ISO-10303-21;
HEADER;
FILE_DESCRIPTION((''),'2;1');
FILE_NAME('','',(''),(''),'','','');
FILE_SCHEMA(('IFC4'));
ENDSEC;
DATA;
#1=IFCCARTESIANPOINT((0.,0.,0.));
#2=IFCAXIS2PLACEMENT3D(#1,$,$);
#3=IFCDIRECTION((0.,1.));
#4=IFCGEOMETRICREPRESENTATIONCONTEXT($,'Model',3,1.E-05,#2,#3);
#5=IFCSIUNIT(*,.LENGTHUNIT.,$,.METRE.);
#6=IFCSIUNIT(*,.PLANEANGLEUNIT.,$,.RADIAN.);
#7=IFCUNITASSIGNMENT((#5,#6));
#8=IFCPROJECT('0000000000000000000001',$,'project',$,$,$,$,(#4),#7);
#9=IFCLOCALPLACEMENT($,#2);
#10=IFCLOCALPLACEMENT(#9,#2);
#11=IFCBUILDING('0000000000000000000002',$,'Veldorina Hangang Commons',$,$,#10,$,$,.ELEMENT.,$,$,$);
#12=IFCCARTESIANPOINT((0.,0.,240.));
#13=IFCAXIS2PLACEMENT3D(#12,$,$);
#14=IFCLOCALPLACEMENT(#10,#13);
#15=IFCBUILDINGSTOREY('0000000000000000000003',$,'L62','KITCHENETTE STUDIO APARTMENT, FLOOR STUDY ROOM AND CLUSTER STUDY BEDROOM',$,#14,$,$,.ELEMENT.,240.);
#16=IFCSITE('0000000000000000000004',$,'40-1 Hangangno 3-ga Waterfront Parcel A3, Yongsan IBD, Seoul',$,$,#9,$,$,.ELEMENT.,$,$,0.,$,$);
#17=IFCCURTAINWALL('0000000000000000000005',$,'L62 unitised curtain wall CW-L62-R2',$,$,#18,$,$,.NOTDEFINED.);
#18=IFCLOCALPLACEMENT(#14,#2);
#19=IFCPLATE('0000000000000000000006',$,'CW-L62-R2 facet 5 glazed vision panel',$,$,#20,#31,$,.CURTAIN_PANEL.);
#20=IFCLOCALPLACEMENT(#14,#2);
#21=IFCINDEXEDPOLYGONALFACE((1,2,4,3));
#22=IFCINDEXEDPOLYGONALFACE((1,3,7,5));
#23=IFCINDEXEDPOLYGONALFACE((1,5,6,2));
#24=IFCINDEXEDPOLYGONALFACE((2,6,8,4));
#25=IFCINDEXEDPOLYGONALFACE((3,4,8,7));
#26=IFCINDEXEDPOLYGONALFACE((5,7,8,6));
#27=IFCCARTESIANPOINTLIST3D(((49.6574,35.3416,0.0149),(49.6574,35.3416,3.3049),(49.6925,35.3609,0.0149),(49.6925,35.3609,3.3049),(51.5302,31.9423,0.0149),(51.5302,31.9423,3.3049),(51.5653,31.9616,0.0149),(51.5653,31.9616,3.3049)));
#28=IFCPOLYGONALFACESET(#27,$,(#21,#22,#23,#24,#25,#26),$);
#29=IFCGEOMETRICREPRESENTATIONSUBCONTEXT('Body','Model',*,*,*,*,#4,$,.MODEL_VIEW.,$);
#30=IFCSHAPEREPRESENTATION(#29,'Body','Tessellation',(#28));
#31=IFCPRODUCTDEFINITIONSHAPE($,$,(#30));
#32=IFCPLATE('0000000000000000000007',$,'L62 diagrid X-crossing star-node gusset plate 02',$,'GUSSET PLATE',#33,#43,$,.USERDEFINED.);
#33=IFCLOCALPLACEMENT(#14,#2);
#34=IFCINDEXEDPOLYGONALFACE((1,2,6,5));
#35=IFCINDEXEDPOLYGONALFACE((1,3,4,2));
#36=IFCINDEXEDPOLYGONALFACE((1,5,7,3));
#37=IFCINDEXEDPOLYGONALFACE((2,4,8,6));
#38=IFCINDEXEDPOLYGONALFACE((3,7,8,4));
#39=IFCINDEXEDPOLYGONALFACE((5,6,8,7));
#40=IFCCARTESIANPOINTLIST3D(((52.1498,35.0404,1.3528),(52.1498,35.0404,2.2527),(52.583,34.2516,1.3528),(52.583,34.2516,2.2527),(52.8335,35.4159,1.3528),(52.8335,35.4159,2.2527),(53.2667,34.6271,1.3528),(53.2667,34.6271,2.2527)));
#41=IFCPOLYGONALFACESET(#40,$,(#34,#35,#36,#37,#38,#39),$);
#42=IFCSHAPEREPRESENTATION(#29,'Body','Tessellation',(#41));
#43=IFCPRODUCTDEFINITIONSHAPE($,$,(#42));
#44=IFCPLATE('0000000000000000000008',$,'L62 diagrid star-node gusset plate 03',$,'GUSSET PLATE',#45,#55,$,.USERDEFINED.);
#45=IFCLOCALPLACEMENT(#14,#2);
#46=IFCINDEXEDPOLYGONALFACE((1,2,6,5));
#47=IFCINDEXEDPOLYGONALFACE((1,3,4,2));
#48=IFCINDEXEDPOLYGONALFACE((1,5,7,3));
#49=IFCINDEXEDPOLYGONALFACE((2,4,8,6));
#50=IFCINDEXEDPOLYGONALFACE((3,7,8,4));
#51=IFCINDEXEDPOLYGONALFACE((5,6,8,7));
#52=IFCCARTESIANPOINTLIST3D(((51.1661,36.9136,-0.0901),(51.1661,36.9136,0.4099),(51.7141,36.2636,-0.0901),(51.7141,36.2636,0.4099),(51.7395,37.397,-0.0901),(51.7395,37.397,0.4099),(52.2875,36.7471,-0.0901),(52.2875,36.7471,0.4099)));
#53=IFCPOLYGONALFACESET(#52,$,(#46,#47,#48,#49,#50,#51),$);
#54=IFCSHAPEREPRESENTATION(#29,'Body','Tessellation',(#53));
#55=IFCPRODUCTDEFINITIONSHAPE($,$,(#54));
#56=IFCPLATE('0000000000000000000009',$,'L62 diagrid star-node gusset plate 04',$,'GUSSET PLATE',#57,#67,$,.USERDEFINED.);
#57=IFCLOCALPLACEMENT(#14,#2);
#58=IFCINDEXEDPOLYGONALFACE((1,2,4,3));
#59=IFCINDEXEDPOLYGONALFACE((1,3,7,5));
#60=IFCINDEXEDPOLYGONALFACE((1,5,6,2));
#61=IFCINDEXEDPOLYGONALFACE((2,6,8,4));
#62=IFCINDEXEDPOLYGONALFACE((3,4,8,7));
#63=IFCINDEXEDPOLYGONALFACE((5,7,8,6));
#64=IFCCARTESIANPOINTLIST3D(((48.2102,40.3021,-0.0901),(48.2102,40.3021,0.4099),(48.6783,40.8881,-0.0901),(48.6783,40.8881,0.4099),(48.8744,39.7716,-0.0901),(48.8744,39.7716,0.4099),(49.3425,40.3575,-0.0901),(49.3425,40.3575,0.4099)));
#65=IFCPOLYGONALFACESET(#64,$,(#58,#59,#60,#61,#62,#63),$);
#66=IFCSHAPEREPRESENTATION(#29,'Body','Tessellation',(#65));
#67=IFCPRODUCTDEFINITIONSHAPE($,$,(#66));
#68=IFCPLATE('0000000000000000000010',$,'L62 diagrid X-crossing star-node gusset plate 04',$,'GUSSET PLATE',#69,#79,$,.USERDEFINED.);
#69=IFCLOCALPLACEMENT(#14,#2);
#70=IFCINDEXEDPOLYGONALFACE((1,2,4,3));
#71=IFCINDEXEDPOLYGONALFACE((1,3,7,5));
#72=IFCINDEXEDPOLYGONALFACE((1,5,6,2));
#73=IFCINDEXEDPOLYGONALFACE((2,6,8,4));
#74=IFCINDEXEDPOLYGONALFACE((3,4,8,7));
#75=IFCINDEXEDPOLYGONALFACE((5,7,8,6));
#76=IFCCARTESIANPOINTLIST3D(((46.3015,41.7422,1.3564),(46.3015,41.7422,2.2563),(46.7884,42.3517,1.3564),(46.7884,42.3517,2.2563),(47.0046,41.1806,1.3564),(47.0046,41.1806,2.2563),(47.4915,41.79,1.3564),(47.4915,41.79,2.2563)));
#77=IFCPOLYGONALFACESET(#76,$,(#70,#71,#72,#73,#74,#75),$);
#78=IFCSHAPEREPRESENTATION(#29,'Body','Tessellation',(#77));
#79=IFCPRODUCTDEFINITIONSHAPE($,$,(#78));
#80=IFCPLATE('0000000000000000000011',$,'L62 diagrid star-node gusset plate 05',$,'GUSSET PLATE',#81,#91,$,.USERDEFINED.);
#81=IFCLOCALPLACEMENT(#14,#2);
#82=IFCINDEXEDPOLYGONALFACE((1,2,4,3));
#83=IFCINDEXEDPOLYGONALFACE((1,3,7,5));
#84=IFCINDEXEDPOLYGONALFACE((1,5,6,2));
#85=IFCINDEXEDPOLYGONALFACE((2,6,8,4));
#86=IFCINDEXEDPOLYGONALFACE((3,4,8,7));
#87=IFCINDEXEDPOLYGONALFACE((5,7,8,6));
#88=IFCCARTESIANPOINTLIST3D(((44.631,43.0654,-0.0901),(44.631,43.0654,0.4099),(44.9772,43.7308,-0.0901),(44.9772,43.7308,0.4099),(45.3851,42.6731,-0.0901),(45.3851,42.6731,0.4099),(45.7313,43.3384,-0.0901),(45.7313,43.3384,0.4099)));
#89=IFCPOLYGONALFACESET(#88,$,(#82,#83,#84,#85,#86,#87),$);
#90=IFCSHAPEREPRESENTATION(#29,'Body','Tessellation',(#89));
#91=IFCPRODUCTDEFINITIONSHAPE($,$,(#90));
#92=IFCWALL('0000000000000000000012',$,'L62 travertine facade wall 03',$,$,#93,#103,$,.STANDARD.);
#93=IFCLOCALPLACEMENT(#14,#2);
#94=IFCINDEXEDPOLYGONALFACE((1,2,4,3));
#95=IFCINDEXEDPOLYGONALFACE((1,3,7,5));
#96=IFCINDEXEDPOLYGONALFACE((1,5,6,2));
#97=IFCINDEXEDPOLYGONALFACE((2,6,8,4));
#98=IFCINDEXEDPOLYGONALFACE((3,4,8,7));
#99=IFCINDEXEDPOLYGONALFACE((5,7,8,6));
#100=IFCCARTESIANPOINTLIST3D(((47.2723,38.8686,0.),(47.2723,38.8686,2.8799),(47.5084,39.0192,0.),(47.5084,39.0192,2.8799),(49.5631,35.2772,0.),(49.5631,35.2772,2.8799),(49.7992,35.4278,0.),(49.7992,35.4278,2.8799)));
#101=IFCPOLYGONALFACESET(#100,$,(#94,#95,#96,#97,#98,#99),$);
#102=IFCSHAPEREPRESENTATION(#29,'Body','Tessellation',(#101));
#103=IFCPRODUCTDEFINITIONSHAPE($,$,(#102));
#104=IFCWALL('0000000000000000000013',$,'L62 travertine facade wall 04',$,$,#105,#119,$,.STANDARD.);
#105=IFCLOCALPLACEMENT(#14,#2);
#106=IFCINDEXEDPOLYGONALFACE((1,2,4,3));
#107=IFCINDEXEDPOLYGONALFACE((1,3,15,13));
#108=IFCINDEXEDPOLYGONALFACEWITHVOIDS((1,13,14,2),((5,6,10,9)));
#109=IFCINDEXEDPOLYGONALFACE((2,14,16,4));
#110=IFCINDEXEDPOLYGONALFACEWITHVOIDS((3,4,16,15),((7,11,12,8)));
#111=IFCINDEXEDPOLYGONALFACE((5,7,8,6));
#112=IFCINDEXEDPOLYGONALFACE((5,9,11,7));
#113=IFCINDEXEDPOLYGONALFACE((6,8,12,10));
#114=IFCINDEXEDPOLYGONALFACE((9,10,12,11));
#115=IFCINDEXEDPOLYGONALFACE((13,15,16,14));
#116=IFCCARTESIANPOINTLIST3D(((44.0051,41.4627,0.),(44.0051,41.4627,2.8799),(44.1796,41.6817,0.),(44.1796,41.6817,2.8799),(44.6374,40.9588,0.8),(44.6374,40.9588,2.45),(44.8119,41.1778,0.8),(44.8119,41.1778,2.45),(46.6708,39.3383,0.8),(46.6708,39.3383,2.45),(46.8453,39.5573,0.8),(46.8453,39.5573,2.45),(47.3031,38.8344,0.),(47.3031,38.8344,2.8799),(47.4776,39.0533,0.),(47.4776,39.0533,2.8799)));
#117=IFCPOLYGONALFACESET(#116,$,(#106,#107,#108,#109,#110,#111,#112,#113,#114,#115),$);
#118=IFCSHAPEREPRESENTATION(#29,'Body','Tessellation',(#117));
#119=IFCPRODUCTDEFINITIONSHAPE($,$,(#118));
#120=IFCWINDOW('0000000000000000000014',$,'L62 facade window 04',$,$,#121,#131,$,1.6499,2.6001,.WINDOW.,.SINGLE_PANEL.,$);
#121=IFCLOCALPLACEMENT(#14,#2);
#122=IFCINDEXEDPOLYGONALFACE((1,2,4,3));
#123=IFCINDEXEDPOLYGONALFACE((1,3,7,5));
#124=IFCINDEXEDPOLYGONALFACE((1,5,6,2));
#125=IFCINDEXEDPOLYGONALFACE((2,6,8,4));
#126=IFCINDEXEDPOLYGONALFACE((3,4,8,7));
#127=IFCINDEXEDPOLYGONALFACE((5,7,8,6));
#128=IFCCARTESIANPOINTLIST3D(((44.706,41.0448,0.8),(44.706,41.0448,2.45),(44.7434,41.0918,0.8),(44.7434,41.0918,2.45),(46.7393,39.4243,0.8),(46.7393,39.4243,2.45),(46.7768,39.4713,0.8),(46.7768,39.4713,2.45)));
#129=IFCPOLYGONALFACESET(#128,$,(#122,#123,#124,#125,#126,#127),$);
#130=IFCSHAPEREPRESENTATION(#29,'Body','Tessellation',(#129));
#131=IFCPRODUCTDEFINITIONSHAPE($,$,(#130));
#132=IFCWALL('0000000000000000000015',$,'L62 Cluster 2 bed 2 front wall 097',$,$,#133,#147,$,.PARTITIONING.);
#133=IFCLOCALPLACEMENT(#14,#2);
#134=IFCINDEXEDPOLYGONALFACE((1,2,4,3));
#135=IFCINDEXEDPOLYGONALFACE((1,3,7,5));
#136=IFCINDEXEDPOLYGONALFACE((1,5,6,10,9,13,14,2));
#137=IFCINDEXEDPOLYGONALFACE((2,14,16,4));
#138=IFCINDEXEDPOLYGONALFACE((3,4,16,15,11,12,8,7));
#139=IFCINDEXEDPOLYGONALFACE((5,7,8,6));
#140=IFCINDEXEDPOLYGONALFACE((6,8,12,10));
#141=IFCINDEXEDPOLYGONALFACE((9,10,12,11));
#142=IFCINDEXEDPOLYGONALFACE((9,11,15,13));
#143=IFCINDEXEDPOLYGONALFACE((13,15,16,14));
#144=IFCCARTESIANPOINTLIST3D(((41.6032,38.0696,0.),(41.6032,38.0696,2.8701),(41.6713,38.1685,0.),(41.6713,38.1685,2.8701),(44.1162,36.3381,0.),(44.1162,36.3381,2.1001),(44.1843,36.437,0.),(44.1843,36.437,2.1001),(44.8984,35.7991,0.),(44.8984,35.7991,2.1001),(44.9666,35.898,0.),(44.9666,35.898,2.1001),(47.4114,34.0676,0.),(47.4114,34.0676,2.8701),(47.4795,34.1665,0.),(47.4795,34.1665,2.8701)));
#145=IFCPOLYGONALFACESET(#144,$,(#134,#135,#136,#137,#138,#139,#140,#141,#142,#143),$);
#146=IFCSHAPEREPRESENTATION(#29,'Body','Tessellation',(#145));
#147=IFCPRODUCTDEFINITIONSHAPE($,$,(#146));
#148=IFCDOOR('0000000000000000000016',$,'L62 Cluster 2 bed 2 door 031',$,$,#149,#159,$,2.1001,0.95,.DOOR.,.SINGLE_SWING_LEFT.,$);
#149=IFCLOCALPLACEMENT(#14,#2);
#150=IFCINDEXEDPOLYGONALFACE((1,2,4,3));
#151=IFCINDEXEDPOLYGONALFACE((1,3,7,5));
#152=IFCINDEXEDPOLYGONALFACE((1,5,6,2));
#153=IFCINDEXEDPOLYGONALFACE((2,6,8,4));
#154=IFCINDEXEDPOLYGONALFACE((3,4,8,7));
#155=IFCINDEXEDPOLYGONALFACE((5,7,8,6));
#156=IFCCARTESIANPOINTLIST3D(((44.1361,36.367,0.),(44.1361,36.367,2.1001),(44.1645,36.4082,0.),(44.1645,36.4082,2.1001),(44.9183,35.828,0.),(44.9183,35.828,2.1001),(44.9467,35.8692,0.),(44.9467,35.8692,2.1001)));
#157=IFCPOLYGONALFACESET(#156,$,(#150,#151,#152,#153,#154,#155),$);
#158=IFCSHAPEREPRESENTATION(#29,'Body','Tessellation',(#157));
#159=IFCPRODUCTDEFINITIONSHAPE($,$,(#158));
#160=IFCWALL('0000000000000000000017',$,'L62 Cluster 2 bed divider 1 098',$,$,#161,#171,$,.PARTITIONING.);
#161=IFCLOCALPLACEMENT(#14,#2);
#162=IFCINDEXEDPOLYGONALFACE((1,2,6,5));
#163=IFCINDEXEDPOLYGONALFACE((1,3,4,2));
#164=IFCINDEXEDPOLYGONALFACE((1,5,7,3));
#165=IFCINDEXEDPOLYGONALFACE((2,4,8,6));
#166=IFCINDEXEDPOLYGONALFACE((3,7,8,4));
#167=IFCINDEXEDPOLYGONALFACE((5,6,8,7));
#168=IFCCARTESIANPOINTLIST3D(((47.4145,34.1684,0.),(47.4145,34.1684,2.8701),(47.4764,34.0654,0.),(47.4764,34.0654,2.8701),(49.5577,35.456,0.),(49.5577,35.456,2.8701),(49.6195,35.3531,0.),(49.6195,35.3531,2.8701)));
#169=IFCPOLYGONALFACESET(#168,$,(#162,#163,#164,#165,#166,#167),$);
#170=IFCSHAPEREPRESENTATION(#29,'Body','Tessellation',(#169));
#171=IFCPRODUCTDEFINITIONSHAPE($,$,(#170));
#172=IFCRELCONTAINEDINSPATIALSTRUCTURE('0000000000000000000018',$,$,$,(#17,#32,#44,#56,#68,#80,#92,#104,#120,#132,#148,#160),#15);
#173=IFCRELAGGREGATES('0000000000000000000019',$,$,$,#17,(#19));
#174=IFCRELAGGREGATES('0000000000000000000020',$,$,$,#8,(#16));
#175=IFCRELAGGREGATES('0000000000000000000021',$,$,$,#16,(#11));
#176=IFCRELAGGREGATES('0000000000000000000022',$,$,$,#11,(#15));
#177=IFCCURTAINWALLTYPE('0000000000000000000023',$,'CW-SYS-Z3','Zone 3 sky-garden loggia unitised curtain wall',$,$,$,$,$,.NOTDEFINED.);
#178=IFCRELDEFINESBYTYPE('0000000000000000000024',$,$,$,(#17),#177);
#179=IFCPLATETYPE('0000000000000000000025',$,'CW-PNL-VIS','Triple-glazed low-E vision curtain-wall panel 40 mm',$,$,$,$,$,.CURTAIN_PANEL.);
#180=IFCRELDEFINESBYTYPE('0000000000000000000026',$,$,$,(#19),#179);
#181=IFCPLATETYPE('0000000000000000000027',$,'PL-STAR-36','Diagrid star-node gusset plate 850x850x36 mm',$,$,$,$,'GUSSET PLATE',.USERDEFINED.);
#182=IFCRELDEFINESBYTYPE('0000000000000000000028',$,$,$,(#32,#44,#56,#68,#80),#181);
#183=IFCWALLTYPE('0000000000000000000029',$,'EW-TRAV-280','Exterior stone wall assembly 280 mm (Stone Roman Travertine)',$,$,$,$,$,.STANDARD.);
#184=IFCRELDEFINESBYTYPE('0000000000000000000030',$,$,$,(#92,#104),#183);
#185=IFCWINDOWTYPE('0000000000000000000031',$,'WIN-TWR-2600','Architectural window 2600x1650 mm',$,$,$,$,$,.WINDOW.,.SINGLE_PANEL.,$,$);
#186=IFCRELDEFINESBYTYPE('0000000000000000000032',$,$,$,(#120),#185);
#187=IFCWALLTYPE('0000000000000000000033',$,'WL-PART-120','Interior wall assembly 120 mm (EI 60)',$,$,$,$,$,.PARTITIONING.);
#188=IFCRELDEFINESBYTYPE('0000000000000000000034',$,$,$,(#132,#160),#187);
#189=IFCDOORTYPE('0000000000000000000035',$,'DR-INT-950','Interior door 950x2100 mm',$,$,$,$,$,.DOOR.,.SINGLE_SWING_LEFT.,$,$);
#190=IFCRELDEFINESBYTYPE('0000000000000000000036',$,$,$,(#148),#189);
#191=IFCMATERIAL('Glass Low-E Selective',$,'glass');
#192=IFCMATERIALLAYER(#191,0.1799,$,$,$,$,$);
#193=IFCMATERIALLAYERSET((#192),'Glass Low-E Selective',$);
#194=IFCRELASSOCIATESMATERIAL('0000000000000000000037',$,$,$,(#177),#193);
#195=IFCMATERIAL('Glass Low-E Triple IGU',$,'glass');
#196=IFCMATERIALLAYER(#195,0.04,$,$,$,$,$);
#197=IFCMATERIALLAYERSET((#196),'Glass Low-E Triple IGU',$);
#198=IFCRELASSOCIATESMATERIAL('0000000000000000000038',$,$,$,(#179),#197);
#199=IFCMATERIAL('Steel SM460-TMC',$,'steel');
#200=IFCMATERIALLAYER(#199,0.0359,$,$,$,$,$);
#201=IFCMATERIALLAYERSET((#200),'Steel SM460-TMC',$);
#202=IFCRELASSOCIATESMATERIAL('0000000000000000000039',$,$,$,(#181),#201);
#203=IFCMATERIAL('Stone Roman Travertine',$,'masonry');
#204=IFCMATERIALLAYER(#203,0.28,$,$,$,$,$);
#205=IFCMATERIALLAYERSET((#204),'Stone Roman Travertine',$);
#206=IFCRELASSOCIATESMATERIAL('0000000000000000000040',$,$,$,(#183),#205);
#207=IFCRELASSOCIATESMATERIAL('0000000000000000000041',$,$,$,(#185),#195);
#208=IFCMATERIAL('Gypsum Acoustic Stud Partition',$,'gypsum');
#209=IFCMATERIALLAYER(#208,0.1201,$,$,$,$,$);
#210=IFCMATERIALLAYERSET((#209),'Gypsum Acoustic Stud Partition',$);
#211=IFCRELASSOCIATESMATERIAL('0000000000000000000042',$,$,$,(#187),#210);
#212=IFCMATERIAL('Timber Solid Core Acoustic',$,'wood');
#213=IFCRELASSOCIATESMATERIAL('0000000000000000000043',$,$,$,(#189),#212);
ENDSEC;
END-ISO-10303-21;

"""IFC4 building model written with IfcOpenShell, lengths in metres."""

from ifc_helpers import new_model, si_unit, direction, frame, frame_2d, origin, origin_2d, place, context, subcontext, project, spatial, rectangle, extrude, material, layer, layer_set, type_object, element, fill, aggregate, save


model = new_model("IFC4")

# Units and contexts
model_context = context("Model", 3, precision=1e-05, world=origin(), true_north=direction((0.0, 1.0)))
body_context = subcontext(model_context, "Body", "Model", "MODEL_VIEW")
ifc_project = project(units=[si_unit("LENGTHUNIT", "METRE"), si_unit("PLANEANGLEUNIT", "RADIAN")], contexts=[model_context])

# Site, building, storey
site_placement = place(None, origin())
site = spatial("IfcSite", under=ifc_project, at=site_placement, Name="40-1 Hangangno 3-ga Waterfront Parcel A3, Yongsan IBD, Seoul", CompositionType="ELEMENT", RefElevation=0.0)
building_placement = place(site_placement, origin())
building = spatial("IfcBuilding", under=site, at=building_placement, Name="Veldorina Hangang Commons", CompositionType="ELEMENT")
storey_placement = place(building_placement, frame((0.0, 0.0, 240.0)))
storey = spatial("IfcBuildingStorey", under=building, at=storey_placement, Name="L62", Description="KITCHENETTE STUDIO APARTMENT, FLOOR STUDY ROOM AND CLUSTER STUDY BEDROOM", CompositionType="ELEMENT", Elevation=240.0)

# Curtain wall
ifc_material_1 = material(Name="Glass Low-E Selective", Category="glass")
ifc_layer_1 = layer(ifc_material_1, 0.1799)
ifc_layer_set_1 = layer_set([ifc_layer_1], Name="Glass Low-E Selective")
curtain_wall_type = type_object("IfcCurtainWallType", Name="CW-SYS-Z3", Description="Zone 3 sky-garden loggia unitised curtain wall", PredefinedType="NOTDEFINED", material=ifc_layer_set_1)
curtain_wall_placement = place(storey_placement, origin())
curtain_wall = element("IfcCurtainWall", 1, at=curtain_wall_placement, inside=storey, type_object=curtain_wall_type, Name="L62 unitised curtain wall CW-L62-R2", PredefinedType="NOTDEFINED")

# Plate
ifc_material_2 = material(Name="Glass Low-E Triple IGU", Category="glass")
ifc_layer_2 = layer(ifc_material_2, 0.04)
ifc_layer_set_2 = layer_set([ifc_layer_2], Name="Glass Low-E Triple IGU")
plate_type_1 = type_object("IfcPlateType", Name="CW-PNL-VIS", Description="Triple-glazed low-E vision curtain-wall panel 40 mm", PredefinedType="CURTAIN_PANEL", material=ifc_layer_set_2)
plate_1_placement = place(storey_placement, frame((50.6113, 33.6516, 0.0149), z_axis=(0.0, 0.0, 1.0), x_axis=(-0.482549, 0.875869, 0.0)))
plate_1 = element("IfcPlate", 2, at=plate_1_placement, type_object=plate_type_1, Name="CW-L62-R2 facet 5 glazed vision panel", PredefinedType="CURTAIN_PANEL", context=body_context, shape_type="SweptSolid", body=[
    extrude(rectangle(XDim=3.8811, YDim=0.04, at=origin_2d()), origin(), (0.0, 0.0, 1.0), 3.29),
])
aggregate(curtain_wall, [plate_1])

# Plates
ifc_material_3 = material(Name="Steel SM460-TMC", Category="steel")
ifc_layer_3 = layer(ifc_material_3, 0.0359)
ifc_layer_set_3 = layer_set([ifc_layer_3], Name="Steel SM460-TMC")
plate_type_2 = type_object("IfcPlateType", Name="PL-STAR-36", Description="Diagrid star-node gusset plate 850x850x36 mm", ElementType="GUSSET PLATE", PredefinedType="USERDEFINED", material=ifc_layer_set_3)
plate_2_placement = place(storey_placement, frame((52.7083, 34.8337, 1.3528), z_axis=(0.0, 0.0, 1.0), x_axis=(-0.481341, 0.876534, 0.0)))
element("IfcPlate", 3, at=plate_2_placement, inside=storey, type_object=plate_type_2, Name="L62 diagrid X-crossing star-node gusset plate 02", ObjectType="GUSSET PLATE", PredefinedType="USERDEFINED", context=body_context, shape_type="SweptSolid", body=[
    extrude(rectangle(XDim=0.8999, YDim=0.78, at=origin_2d()), origin(), (0.0, 0.0, 1.0), 0.8999),
])
for number, where, z_axis, x_axis, name in (
    (4, (51.7268, 36.8303, -0.0901), (0.0, 0.0, 1.0), (-0.644577, 0.764539, 0.0), "L62 diagrid star-node gusset plate 03"),
    (5, (48.7764, 40.3298, -0.0901), (0.0, 0.0, 1.0), (-0.781314, 0.624139, 0.0), "L62 diagrid star-node gusset plate 04"),
):
    element("IfcPlate", number, at=place(storey_placement, frame(where, z_axis=z_axis, x_axis=x_axis)), inside=storey, type_object=plate_type_2, Name=name, ObjectType="GUSSET PLATE", PredefinedType="USERDEFINED", context=body_context, shape_type="SweptSolid", body=[
        extrude(rectangle(XDim=0.8501, YDim=0.75, at=origin_2d()), origin(), (0.0, 0.0, 1.0), 0.5),
    ])
plate_3_placement = place(storey_placement, frame((46.8965, 41.7661, 1.3564), z_axis=(0.0, 0.0, 1.0), x_axis=(-0.781314, 0.624139, 0.0)))
element("IfcPlate", 6, at=plate_3_placement, inside=storey, type_object=plate_type_2, Name="L62 diagrid X-crossing star-node gusset plate 04", ObjectType="GUSSET PLATE", PredefinedType="USERDEFINED", context=body_context, shape_type="SweptSolid", body=[
    extrude(rectangle(XDim=0.8999, YDim=0.78, at=origin_2d()), origin(), (0.0, 0.0, 1.0), 0.8999),
])
plate_4_placement = place(storey_placement, frame((45.1812, 43.2019, -0.0901), z_axis=(0.0, 0.0, 1.0), x_axis=(-0.887116, 0.461547, 0.0)))
element("IfcPlate", 7, at=plate_4_placement, inside=storey, type_object=plate_type_2, Name="L62 diagrid star-node gusset plate 05", ObjectType="GUSSET PLATE", PredefinedType="USERDEFINED", context=body_context, shape_type="SweptSolid", body=[
    extrude(rectangle(XDim=0.8501, YDim=0.75, at=origin_2d()), origin(), (0.0, 0.0, 1.0), 0.5),
])

# Wall
ifc_material_4 = material(Name="Stone Roman Travertine", Category="masonry")
ifc_layer_4 = layer(ifc_material_4, 0.28)
ifc_layer_set_4 = layer_set([ifc_layer_4], Name="Stone Roman Travertine")
wall_type_1 = type_object("IfcWallType", Name="EW-TRAV-280", Description="Exterior stone wall assembly 280 mm (Stone Roman Travertine)", PredefinedType="STANDARD", material=ifc_layer_set_4)
wall_1_placement = place(storey_placement, frame((49.6812, 35.3525, 0.0), z_axis=(0.0, 0.0, 1.0), x_axis=(-0.537776, 0.843088, 0.0)))
element("IfcWall", 8, at=wall_1_placement, inside=storey, type_object=wall_type_1, Name="L62 travertine facade wall 03", PredefinedType="STANDARD", context=body_context, shape_type="SweptSolid", body=[
    extrude(rectangle(XDim=4.2598, YDim=0.28, at=frame_2d((2.1299, 0.0))), origin(), (0.0, 0.0, 1.0), 2.8799),
])

# Wall, opening, window
wall_2_placement = place(storey_placement, frame((47.3904, 38.9438, 0.0), z_axis=(0.0, 0.0, 1.0), x_axis=(-0.782031, 0.62324, 0.0)))
wall_2 = element("IfcWall", 9, at=wall_2_placement, inside=storey, type_object=wall_type_1, Name="L62 travertine facade wall 04", PredefinedType="STANDARD", context=body_context, shape_type="SweptSolid", body=[
    extrude(rectangle(XDim=4.2173, YDim=0.28, at=frame_2d((2.1086, 0.0))), origin(), (0.0, 0.0, 1.0), 2.8799),
])
opening_1_placement = place(wall_2_placement, frame((0.8086, 0.0, 0.8)))
opening_1 = element("IfcOpeningElement", 10, at=opening_1_placement, cuts=wall_2, PredefinedType="OPENING", context=body_context, shape_type="SweptSolid", body=[
    extrude(rectangle(XDim=2.6001, YDim=1.6499, at=frame_2d((1.3, 0.825))), frame((0.0, 0.1499, 0.0), z_axis=(0.0, -1.0, 0.0), x_axis=(1.0, 0.0, 0.0)), (0.0, 0.0, 1.0), 0.3),
])
window_type = type_object("IfcWindowType", Name="WIN-TWR-2600", Description="Architectural window 2600x1650 mm", PartitioningType="SINGLE_PANEL", PredefinedType="WINDOW", material=ifc_material_2)
window_placement = place(opening_1_placement, origin())
window = element("IfcWindow", 11, at=window_placement, inside=storey, type_object=window_type, Name="L62 facade window 04", OverallHeight=1.6499, OverallWidth=2.6001, PartitioningType="SINGLE_PANEL", PredefinedType="WINDOW", context=body_context, shape_type="SweptSolid", body=[
    extrude(rectangle(XDim=2.6001, YDim=1.6499, at=frame_2d((1.3, 0.825))), frame((0.0, 0.03, 0.0), z_axis=(0.0, -1.0, 0.0), x_axis=(1.0, 0.0, 0.0)), (0.0, 0.0, 1.0), 0.0601),
])
fill(opening_1, window)

# Wall, opening, door
ifc_material_5 = material(Name="Gypsum Acoustic Stud Partition", Category="gypsum")
ifc_layer_5 = layer(ifc_material_5, 0.1201)
ifc_layer_set_5 = layer_set([ifc_layer_5], Name="Gypsum Acoustic Stud Partition")
wall_type_2 = type_object("IfcWallType", Name="WL-PART-120", Description="Interior wall assembly 120 mm (EI 60)", PredefinedType="PARTITIONING", material=ifc_layer_set_5)
wall_3_placement = place(storey_placement, frame((47.4456, 34.1169, 0.0), z_axis=(0.0, 0.0, 1.0), x_axis=(-0.823454, 0.567383, 0.0)))
wall_3 = element("IfcWall", 12, at=wall_3_placement, inside=storey, type_object=wall_type_2, Name="L62 Cluster 2 bed 2 front wall 097", PredefinedType="PARTITIONING", context=body_context, shape_type="SweptSolid", body=[
    extrude(rectangle(XDim=7.0535, YDim=0.1201, at=frame_2d((3.5269, 0.0))), origin(), (0.0, 0.0, 1.0), 2.8701),
])
opening_2_placement = place(wall_3_placement, frame((3.0518, 0.0, 0.0)))
opening_2 = element("IfcOpeningElement", 13, at=opening_2_placement, cuts=wall_3, PredefinedType="OPENING", context=body_context, shape_type="SweptSolid", body=[
    extrude(rectangle(XDim=0.95, YDim=2.1001, at=frame_2d((0.4751, 1.05))), frame((0.0, 0.0701, 0.0), z_axis=(0.0, -1.0, 0.0), x_axis=(1.0, 0.0, 0.0)), (0.0, 0.0, 1.0), 0.1401),
])
ifc_material_6 = material(Name="Timber Solid Core Acoustic", Category="wood")
door_type = type_object("IfcDoorType", Name="DR-INT-950", Description="Interior door 950x2100 mm", OperationType="SINGLE_SWING_LEFT", PredefinedType="DOOR", material=ifc_material_6)
door_placement = place(opening_2_placement, origin())
door = element("IfcDoor", 14, at=door_placement, inside=storey, type_object=door_type, Name="L62 Cluster 2 bed 2 door 031", OperationType="SINGLE_SWING_LEFT", OverallHeight=2.1001, OverallWidth=0.95, PredefinedType="DOOR", context=body_context, shape_type="SweptSolid", body=[
    extrude(rectangle(XDim=0.95, YDim=2.1001, at=frame_2d((0.4751, 1.05))), frame((0.0, 0.0249, 0.0), z_axis=(0.0, -1.0, 0.0), x_axis=(1.0, 0.0, 0.0)), (0.0, 0.0, 1.0), 0.05),
])
fill(opening_2, door)

# Wall
wall_4_placement = place(storey_placement, frame((47.4456, 34.1169, 0.0), z_axis=(0.0, 0.0, 1.0), x_axis=(0.857183, 0.515013, 0.0)))
element("IfcWall", 15, at=wall_4_placement, inside=storey, type_object=wall_type_2, Name="L62 Cluster 2 bed divider 1 098", PredefinedType="PARTITIONING", context=body_context, shape_type="SweptSolid", body=[
    extrude(rectangle(XDim=2.5002, YDim=0.1201, at=frame_2d((1.25, 0.0))), origin(), (0.0, 0.0, 1.0), 2.8701),
])

save(model, "model.ifc")
